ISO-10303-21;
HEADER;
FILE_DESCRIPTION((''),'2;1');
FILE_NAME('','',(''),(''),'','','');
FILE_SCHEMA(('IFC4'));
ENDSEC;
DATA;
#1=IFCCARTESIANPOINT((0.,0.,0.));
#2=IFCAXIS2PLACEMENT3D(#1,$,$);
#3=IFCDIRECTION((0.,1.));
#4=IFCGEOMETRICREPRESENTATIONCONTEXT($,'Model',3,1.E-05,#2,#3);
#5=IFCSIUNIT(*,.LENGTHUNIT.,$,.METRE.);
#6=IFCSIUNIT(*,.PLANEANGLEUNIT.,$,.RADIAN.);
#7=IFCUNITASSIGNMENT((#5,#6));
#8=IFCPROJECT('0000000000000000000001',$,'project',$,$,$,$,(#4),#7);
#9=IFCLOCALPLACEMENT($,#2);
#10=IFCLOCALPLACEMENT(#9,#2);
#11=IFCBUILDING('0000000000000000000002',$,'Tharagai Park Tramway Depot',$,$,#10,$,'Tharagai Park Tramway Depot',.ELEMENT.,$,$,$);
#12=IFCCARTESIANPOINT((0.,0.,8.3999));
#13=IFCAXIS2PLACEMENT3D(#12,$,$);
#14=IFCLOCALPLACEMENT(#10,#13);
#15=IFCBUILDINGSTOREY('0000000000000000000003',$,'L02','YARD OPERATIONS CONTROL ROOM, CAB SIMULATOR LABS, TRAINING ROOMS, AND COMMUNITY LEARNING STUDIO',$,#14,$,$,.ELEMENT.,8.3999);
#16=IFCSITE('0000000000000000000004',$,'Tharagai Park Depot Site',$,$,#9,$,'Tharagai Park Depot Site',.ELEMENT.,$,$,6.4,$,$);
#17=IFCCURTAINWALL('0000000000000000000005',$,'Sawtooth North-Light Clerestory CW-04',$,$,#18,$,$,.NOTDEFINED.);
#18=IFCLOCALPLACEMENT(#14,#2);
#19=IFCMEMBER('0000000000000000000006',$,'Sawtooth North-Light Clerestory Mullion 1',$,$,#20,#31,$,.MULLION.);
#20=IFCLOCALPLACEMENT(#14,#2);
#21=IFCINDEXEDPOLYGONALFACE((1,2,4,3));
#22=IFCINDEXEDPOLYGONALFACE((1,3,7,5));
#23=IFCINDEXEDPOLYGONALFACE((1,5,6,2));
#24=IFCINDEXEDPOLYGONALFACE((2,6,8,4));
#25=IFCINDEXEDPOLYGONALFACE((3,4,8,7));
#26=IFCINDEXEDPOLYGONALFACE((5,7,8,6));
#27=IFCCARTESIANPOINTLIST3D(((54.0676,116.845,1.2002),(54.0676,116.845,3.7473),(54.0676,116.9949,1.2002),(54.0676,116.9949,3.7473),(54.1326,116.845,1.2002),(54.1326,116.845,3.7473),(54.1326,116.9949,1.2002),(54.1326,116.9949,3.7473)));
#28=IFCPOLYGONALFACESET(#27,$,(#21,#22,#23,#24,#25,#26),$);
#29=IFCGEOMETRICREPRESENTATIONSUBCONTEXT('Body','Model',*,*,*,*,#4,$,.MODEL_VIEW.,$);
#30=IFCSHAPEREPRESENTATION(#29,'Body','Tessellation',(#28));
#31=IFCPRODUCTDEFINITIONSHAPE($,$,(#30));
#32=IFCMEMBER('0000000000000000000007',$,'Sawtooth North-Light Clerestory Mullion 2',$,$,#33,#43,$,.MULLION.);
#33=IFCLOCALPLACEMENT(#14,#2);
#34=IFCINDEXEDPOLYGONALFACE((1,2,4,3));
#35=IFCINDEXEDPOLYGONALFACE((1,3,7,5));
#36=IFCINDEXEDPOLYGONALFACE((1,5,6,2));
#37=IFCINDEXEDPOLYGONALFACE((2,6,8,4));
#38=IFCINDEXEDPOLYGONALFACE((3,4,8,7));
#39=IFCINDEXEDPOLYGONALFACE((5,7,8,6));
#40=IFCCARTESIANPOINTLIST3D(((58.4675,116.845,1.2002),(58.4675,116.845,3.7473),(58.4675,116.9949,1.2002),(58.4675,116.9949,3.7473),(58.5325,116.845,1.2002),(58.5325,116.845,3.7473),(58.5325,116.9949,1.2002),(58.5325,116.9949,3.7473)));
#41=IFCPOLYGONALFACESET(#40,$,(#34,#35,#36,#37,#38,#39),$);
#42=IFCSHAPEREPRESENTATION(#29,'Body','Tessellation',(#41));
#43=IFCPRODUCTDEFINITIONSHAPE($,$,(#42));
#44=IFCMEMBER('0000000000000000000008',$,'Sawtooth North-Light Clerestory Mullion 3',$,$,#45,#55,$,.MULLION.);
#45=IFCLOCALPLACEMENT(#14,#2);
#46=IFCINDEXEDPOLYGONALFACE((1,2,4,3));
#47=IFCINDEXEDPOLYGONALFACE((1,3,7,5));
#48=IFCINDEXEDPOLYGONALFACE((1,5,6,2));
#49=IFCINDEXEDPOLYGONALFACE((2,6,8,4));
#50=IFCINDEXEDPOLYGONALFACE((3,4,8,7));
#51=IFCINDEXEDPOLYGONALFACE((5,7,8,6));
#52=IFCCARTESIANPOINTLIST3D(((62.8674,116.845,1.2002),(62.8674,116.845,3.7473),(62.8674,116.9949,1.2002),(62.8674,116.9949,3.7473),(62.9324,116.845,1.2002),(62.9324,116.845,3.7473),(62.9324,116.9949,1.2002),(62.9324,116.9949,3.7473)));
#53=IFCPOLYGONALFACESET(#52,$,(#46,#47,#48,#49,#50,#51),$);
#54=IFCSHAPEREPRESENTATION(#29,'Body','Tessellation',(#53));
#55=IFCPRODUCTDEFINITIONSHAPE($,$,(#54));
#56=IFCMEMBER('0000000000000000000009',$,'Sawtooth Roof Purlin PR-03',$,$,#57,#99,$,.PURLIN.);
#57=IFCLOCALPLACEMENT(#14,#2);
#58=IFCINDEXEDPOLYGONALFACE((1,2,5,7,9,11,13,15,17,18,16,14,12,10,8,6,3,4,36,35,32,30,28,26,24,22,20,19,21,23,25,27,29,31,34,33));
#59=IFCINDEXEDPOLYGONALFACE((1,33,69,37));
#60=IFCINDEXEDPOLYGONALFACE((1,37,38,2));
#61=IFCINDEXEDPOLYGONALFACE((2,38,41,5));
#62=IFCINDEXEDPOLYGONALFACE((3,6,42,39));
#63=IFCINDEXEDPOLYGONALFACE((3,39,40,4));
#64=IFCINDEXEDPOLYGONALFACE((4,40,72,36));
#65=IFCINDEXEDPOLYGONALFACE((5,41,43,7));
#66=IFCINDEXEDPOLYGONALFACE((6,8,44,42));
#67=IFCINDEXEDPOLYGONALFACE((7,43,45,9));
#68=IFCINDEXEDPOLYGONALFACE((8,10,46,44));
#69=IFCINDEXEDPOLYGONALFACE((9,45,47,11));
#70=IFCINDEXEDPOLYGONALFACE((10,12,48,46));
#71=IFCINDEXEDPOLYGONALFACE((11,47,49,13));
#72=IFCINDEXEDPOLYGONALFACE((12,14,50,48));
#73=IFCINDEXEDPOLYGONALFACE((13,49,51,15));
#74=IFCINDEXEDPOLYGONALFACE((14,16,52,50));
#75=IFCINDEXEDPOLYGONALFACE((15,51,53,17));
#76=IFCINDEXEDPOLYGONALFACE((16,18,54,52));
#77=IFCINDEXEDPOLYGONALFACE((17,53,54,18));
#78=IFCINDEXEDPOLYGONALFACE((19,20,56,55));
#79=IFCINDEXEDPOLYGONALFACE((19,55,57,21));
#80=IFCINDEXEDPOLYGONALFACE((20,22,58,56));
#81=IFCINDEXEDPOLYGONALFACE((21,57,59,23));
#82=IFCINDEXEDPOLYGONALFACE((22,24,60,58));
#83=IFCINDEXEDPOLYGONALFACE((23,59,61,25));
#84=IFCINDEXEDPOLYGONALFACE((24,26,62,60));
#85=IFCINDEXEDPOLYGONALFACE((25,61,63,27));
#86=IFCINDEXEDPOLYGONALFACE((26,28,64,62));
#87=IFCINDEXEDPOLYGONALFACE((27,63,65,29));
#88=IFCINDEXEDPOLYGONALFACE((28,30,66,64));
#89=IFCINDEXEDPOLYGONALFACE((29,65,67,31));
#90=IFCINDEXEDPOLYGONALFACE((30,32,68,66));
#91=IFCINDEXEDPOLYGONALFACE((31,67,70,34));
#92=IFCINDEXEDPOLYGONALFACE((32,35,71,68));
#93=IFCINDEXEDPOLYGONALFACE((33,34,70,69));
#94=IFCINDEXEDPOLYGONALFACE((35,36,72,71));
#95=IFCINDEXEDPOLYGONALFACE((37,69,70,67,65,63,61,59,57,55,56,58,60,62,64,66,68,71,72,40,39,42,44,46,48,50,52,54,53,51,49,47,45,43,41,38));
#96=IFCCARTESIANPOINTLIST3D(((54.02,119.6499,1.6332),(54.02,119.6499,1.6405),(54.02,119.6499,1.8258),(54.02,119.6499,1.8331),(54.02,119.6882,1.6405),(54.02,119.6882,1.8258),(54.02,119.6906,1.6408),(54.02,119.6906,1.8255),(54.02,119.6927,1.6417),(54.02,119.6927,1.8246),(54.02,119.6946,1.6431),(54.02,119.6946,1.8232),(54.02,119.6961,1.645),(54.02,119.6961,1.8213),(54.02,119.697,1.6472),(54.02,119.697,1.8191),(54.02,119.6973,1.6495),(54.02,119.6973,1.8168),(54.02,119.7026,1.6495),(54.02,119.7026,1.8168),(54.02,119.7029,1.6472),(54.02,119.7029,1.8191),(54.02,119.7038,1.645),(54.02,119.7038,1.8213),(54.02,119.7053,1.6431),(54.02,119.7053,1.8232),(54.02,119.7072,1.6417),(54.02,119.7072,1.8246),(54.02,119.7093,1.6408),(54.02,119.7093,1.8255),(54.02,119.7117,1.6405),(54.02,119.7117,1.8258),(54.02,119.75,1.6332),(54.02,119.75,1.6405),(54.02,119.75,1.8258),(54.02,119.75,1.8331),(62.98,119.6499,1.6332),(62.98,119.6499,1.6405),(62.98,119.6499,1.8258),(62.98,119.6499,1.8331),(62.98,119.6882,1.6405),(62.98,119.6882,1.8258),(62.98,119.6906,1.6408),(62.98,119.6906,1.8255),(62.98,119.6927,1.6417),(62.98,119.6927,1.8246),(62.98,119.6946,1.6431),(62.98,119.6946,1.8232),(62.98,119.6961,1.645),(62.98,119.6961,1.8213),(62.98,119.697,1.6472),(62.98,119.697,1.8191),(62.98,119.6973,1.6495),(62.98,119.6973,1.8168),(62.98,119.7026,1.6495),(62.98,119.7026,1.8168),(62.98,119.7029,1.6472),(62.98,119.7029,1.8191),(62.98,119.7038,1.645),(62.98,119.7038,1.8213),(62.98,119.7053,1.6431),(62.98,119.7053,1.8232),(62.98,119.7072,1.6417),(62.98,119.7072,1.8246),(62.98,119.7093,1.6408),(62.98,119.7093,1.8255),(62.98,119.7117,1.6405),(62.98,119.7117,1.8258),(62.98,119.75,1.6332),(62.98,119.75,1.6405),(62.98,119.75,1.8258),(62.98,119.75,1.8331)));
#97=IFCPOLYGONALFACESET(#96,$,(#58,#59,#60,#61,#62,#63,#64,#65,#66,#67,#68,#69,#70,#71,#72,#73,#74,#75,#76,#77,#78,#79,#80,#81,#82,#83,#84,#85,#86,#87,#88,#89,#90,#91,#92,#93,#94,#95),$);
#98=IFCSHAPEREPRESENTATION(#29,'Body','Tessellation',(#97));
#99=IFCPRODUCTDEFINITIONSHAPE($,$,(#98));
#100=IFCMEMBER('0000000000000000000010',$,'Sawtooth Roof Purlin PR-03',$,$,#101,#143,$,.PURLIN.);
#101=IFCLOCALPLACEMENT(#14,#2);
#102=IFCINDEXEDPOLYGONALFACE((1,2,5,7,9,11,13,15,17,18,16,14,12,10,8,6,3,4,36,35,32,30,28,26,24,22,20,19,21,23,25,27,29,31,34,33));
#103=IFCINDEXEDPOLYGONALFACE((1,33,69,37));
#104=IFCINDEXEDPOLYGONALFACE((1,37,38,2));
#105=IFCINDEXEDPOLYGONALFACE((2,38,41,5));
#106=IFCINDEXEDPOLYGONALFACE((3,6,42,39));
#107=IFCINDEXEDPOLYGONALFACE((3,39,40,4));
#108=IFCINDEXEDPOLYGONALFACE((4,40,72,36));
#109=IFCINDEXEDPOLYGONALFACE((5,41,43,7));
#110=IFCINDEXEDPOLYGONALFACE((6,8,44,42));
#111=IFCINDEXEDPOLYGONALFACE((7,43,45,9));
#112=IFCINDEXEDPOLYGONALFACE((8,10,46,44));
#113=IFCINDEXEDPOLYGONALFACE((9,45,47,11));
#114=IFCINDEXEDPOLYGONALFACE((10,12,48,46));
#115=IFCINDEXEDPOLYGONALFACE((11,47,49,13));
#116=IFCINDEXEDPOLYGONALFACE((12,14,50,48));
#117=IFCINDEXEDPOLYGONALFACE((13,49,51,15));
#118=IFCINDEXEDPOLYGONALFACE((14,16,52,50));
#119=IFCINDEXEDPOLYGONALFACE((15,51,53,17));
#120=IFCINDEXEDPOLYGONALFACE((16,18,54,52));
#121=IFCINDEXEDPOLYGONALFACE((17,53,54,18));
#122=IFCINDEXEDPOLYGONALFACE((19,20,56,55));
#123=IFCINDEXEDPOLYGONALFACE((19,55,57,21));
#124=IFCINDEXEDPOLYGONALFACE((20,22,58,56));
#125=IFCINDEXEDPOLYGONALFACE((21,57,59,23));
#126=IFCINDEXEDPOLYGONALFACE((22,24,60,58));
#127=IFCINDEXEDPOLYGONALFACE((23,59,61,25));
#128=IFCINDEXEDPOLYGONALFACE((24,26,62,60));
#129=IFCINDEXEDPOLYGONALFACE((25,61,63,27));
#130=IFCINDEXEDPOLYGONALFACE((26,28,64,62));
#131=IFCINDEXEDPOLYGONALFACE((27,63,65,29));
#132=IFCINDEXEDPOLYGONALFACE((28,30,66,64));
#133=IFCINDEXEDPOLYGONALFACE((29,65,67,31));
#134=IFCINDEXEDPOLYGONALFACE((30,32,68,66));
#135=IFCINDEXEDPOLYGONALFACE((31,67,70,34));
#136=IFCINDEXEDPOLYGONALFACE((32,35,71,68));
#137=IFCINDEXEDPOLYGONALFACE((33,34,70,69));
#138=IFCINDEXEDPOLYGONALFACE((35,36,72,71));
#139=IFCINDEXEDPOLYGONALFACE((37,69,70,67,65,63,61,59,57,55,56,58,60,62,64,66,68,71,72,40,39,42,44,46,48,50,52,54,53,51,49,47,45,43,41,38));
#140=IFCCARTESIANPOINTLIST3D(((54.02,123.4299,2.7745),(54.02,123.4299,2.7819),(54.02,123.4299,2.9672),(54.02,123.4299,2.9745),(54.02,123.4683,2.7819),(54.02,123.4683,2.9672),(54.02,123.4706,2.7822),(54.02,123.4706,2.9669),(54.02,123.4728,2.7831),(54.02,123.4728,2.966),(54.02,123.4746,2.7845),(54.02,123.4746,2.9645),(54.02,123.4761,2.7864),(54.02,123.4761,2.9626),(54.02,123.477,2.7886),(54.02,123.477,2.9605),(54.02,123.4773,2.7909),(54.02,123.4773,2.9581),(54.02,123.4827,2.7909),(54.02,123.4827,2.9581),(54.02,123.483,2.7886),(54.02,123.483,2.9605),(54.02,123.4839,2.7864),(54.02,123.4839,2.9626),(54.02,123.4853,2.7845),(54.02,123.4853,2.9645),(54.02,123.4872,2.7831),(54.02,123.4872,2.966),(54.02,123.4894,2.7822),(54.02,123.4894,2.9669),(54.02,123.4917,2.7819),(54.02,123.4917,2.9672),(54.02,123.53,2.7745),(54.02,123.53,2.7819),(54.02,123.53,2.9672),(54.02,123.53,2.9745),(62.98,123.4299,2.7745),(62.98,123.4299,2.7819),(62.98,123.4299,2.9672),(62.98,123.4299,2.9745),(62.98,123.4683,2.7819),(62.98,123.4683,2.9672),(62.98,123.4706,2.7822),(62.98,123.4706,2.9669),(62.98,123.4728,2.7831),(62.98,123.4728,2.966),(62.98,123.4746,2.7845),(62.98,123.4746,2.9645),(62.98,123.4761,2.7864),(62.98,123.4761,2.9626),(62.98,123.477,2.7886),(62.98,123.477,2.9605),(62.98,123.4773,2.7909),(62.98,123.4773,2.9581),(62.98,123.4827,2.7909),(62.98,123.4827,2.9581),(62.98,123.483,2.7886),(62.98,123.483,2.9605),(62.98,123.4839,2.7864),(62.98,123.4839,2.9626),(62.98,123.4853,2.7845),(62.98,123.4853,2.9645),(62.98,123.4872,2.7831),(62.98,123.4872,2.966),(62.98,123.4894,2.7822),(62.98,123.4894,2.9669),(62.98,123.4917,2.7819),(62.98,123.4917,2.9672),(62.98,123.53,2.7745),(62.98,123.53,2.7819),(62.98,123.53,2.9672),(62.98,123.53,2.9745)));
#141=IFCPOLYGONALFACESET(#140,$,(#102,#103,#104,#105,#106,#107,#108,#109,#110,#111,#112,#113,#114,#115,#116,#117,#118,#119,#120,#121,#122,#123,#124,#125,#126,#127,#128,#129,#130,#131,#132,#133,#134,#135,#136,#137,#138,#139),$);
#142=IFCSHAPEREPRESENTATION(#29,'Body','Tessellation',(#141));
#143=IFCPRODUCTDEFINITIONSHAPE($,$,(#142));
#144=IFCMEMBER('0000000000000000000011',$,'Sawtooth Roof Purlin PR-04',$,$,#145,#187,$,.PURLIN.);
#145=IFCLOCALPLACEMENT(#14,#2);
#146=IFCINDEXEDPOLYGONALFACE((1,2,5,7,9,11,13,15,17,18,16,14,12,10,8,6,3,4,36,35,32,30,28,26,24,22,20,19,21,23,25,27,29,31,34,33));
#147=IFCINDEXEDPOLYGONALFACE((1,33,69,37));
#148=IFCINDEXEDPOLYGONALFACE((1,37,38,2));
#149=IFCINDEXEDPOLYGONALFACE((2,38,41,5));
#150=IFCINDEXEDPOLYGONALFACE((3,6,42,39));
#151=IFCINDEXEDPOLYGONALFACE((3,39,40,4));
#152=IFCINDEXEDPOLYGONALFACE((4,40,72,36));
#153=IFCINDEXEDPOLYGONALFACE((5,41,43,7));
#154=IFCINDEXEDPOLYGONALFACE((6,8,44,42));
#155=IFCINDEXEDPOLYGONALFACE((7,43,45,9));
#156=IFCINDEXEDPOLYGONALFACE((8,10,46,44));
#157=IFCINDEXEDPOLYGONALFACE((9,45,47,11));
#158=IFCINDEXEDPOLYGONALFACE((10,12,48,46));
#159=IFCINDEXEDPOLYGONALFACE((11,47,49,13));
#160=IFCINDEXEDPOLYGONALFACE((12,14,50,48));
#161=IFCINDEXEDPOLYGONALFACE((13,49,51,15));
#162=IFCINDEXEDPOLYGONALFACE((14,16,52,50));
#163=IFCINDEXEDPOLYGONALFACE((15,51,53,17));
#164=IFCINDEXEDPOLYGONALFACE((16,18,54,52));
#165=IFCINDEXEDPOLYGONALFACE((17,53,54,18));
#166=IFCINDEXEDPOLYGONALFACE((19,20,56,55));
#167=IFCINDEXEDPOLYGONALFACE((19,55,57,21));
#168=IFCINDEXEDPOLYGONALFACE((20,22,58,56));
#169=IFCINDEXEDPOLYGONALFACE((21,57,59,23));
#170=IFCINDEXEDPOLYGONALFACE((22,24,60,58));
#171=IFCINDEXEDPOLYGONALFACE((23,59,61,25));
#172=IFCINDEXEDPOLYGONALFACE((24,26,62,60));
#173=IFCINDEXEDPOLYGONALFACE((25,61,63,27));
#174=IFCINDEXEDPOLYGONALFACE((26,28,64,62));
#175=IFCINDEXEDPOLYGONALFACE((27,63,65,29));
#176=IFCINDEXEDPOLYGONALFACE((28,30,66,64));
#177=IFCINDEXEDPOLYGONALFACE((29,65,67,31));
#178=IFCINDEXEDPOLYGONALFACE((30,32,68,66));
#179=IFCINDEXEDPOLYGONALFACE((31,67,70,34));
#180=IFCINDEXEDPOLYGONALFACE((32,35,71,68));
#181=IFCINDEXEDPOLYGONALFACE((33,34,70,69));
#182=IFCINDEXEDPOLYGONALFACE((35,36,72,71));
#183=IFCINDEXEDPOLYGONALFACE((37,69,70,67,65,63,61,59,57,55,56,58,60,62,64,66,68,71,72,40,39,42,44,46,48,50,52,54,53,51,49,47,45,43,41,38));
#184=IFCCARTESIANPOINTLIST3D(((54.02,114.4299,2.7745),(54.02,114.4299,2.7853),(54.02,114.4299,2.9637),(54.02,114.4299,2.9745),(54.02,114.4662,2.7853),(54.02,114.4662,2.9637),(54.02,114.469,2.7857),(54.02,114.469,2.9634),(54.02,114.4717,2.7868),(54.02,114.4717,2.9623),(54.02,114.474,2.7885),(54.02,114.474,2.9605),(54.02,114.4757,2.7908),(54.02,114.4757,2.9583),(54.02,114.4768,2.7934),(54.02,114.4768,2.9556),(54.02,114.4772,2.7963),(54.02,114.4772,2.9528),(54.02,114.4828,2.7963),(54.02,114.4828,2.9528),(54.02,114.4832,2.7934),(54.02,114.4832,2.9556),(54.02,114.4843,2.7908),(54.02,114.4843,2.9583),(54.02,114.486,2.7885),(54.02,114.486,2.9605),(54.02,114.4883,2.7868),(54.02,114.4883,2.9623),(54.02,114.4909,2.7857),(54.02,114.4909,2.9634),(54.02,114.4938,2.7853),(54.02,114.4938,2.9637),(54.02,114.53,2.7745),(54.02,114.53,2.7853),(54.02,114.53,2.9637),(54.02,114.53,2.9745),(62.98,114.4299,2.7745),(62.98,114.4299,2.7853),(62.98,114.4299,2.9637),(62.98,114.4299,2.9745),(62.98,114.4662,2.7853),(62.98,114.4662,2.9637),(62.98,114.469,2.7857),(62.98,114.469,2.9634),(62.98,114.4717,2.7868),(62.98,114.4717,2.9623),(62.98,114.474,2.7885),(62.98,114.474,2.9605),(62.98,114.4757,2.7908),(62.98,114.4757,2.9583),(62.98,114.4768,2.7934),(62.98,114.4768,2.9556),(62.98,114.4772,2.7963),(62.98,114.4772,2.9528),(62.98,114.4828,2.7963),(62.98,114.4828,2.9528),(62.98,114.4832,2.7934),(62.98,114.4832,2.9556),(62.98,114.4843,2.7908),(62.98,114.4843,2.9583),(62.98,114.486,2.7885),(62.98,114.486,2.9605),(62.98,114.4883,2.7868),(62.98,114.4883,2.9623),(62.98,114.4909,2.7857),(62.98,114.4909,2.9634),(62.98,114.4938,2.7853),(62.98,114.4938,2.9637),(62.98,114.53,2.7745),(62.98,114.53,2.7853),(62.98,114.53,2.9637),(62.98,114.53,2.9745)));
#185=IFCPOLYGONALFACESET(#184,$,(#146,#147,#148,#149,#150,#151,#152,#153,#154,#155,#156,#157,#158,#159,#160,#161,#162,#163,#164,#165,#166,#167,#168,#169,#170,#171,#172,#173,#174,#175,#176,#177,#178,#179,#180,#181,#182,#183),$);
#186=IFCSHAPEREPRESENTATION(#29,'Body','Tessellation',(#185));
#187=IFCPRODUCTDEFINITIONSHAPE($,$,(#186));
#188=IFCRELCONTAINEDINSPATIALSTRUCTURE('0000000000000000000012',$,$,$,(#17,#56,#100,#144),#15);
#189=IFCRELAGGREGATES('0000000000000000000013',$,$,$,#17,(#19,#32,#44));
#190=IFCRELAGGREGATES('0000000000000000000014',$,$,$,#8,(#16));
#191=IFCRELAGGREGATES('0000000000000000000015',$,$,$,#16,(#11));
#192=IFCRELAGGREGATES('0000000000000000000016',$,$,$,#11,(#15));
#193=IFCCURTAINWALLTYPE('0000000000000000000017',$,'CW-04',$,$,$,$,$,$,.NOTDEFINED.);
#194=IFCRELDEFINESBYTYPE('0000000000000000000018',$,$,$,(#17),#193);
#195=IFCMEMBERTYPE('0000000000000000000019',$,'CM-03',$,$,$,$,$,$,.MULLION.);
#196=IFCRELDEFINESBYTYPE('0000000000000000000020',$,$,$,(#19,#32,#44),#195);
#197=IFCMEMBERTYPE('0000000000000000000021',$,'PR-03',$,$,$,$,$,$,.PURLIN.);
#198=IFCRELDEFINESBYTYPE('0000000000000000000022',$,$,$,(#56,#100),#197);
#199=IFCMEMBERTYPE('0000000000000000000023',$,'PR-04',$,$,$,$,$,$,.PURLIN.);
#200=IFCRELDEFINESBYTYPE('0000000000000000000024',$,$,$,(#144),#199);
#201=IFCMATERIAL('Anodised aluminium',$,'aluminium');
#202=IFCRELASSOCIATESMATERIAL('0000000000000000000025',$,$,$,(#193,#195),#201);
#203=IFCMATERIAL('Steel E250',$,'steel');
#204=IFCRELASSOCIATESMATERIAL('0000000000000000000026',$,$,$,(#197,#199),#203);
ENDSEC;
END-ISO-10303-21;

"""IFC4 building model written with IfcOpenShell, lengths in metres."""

from ifc_helpers import new_model, si_unit, direction, frame, origin, origin_2d, place, context, subcontext, project, spatial, rectangle, i_section, extrude, material, material_profile, profile_set, type_object, element, aggregate, save


model = new_model("IFC4")

# Units and contexts
model_context = context("Model", 3, precision=1e-05, world=origin(), true_north=direction((0.0, 1.0)))
body_context = subcontext(model_context, "Body", "Model", "MODEL_VIEW")
ifc_project = project(units=[si_unit("LENGTHUNIT", "METRE"), si_unit("PLANEANGLEUNIT", "RADIAN")], contexts=[model_context])

# Site, building, storey
site_placement = place(None, origin())
site = spatial("IfcSite", under=ifc_project, at=site_placement, Name="Tharagai Park Depot Site", LongName="Tharagai Park Depot Site", CompositionType="ELEMENT", RefElevation=6.4)
building_placement = place(site_placement, origin())
building = spatial("IfcBuilding", under=site, at=building_placement, Name="Tharagai Park Tramway Depot", LongName="Tharagai Park Tramway Depot", CompositionType="ELEMENT")
storey_placement = place(building_placement, frame((0.0, 0.0, 8.3999)))
storey = spatial("IfcBuildingStorey", under=building, at=storey_placement, Name="L02", Description="YARD OPERATIONS CONTROL ROOM, CAB SIMULATOR LABS, TRAINING ROOMS, AND COMMUNITY LEARNING STUDIO", CompositionType="ELEMENT", Elevation=8.3999)

# Curtain wall
ifc_material_1 = material(Name="Anodised aluminium", Category="aluminium")
curtain_wall_type = type_object("IfcCurtainWallType", Name="CW-04", PredefinedType="NOTDEFINED", material=ifc_material_1)
curtain_wall_1_placement = place(storey_placement, origin())
curtain_wall_1 = element("IfcCurtainWall", 1, at=curtain_wall_1_placement, inside=storey, type_object=curtain_wall_type, Name="Sawtooth North-Light Clerestory CW-04", PredefinedType="NOTDEFINED")

# Shared definitions
ifc_material_profile_1 = material_profile(ifc_material_1, rectangle(XDim=0.0649, YDim=0.1499, at=origin_2d()), Name="ALU 65x150")
ifc_profile_set_1 = profile_set([ifc_material_profile_1], Name="Anodised aluminium")
member_type_1 = type_object("IfcMemberType", Name="CM-03", PredefinedType="MULLION", material=ifc_profile_set_1)

# Members
member_1_placement = place(storey_placement, frame((54.1001, 116.9199, 1.2002), z_axis=(0.0, 0.0, 1.0), x_axis=(1.0, 0.0, 0.0)))
member_1 = element("IfcMember", 2, at=member_1_placement, type_object=member_type_1, Name="Sawtooth North-Light Clerestory Mullion 1", PredefinedType="MULLION", context=body_context, shape_type="SweptSolid", body=[
    extrude(rectangle(XDim=0.0649, YDim=0.1499, at=origin_2d()), origin(), (0.0, 0.0, 1.0), 2.5471),
])
member_2_placement = place(storey_placement, frame((58.5, 116.9199, 1.2002), z_axis=(0.0, 0.0, 1.0), x_axis=(1.0, 0.0, 0.0)))
member_2 = element("IfcMember", 3, at=member_2_placement, type_object=member_type_1, Name="Sawtooth North-Light Clerestory Mullion 2", PredefinedType="MULLION", context=body_context, shape_type="SweptSolid", body=[
    extrude(rectangle(XDim=0.0649, YDim=0.1499, at=origin_2d()), origin(), (0.0, 0.0, 1.0), 2.5471),
])
member_3_placement = place(storey_placement, frame((62.8999, 116.9199, 1.2002), z_axis=(0.0, 0.0, 1.0), x_axis=(1.0, 0.0, 0.0)))
member_3 = element("IfcMember", 4, at=member_3_placement, type_object=member_type_1, Name="Sawtooth North-Light Clerestory Mullion 3", PredefinedType="MULLION", context=body_context, shape_type="SweptSolid", body=[
    extrude(rectangle(XDim=0.0649, YDim=0.1499, at=origin_2d()), origin(), (0.0, 0.0, 1.0), 2.5471),
])

# Members
ifc_material_2 = material(Name="Steel E250", Category="steel")
ifc_material_profile_2 = material_profile(ifc_material_2, i_section(OverallWidth=0.1001, OverallDepth=0.2, WebThickness=0.0054, FlangeThickness=0.0073, FilletRadius=0.009, at=origin_2d()), Name="ISLB 200")
ifc_profile_set_2 = profile_set([ifc_material_profile_2], Name="Steel E250")
member_type_2 = type_object("IfcMemberType", Name="PR-03", PredefinedType="PURLIN", material=ifc_profile_set_2)
for number, where, z_axis, x_axis, name in (
    (5, (54.02, 119.7, 1.7332), (1.0, 0.0, 0.0), (0.0, 1.0, 0.0), "Sawtooth Roof Purlin PR-03"),
    (6, (54.02, 123.48, 2.8745), (1.0, 0.0, 0.0), (0.0, 1.0, 0.0), "Sawtooth Roof Purlin PR-03"),
):
    element("IfcMember", number, at=place(storey_placement, frame(where, z_axis=z_axis, x_axis=x_axis)), inside=storey, type_object=member_type_2, Name=name, PredefinedType="PURLIN", context=body_context, shape_type="SweptSolid", body=[
        extrude(i_section(OverallWidth=0.1001, OverallDepth=0.2, WebThickness=0.0054, FlangeThickness=0.0073, FilletRadius=0.009, at=origin_2d()), origin(), (0.0, 0.0, 1.0), 8.96),
    ])
ifc_material_profile_3 = material_profile(ifc_material_2, i_section(OverallWidth=0.1001, OverallDepth=0.2, WebThickness=0.0056, FlangeThickness=0.0107, FilletRadius=0.011, at=origin_2d()), Name="ISMB 200")
ifc_profile_set_3 = profile_set([ifc_material_profile_3], Name="Steel E250")
member_type_3 = type_object("IfcMemberType", Name="PR-04", PredefinedType="PURLIN", material=ifc_profile_set_3)
member_4_placement = place(storey_placement, frame((54.02, 114.48, 2.8745), z_axis=(1.0, 0.0, 0.0), x_axis=(0.0, 1.0, 0.0)))
element("IfcMember", 7, at=member_4_placement, inside=storey, type_object=member_type_3, Name="Sawtooth Roof Purlin PR-04", PredefinedType="PURLIN", context=body_context, shape_type="SweptSolid", body=[
    extrude(i_section(OverallWidth=0.1001, OverallDepth=0.2, WebThickness=0.0056, FlangeThickness=0.0107, FilletRadius=0.011, at=origin_2d()), origin(), (0.0, 0.0, 1.0), 8.96),
])

aggregate(curtain_wall_1, [member_1, member_2, member_3])

save(model, "model.ifc")
